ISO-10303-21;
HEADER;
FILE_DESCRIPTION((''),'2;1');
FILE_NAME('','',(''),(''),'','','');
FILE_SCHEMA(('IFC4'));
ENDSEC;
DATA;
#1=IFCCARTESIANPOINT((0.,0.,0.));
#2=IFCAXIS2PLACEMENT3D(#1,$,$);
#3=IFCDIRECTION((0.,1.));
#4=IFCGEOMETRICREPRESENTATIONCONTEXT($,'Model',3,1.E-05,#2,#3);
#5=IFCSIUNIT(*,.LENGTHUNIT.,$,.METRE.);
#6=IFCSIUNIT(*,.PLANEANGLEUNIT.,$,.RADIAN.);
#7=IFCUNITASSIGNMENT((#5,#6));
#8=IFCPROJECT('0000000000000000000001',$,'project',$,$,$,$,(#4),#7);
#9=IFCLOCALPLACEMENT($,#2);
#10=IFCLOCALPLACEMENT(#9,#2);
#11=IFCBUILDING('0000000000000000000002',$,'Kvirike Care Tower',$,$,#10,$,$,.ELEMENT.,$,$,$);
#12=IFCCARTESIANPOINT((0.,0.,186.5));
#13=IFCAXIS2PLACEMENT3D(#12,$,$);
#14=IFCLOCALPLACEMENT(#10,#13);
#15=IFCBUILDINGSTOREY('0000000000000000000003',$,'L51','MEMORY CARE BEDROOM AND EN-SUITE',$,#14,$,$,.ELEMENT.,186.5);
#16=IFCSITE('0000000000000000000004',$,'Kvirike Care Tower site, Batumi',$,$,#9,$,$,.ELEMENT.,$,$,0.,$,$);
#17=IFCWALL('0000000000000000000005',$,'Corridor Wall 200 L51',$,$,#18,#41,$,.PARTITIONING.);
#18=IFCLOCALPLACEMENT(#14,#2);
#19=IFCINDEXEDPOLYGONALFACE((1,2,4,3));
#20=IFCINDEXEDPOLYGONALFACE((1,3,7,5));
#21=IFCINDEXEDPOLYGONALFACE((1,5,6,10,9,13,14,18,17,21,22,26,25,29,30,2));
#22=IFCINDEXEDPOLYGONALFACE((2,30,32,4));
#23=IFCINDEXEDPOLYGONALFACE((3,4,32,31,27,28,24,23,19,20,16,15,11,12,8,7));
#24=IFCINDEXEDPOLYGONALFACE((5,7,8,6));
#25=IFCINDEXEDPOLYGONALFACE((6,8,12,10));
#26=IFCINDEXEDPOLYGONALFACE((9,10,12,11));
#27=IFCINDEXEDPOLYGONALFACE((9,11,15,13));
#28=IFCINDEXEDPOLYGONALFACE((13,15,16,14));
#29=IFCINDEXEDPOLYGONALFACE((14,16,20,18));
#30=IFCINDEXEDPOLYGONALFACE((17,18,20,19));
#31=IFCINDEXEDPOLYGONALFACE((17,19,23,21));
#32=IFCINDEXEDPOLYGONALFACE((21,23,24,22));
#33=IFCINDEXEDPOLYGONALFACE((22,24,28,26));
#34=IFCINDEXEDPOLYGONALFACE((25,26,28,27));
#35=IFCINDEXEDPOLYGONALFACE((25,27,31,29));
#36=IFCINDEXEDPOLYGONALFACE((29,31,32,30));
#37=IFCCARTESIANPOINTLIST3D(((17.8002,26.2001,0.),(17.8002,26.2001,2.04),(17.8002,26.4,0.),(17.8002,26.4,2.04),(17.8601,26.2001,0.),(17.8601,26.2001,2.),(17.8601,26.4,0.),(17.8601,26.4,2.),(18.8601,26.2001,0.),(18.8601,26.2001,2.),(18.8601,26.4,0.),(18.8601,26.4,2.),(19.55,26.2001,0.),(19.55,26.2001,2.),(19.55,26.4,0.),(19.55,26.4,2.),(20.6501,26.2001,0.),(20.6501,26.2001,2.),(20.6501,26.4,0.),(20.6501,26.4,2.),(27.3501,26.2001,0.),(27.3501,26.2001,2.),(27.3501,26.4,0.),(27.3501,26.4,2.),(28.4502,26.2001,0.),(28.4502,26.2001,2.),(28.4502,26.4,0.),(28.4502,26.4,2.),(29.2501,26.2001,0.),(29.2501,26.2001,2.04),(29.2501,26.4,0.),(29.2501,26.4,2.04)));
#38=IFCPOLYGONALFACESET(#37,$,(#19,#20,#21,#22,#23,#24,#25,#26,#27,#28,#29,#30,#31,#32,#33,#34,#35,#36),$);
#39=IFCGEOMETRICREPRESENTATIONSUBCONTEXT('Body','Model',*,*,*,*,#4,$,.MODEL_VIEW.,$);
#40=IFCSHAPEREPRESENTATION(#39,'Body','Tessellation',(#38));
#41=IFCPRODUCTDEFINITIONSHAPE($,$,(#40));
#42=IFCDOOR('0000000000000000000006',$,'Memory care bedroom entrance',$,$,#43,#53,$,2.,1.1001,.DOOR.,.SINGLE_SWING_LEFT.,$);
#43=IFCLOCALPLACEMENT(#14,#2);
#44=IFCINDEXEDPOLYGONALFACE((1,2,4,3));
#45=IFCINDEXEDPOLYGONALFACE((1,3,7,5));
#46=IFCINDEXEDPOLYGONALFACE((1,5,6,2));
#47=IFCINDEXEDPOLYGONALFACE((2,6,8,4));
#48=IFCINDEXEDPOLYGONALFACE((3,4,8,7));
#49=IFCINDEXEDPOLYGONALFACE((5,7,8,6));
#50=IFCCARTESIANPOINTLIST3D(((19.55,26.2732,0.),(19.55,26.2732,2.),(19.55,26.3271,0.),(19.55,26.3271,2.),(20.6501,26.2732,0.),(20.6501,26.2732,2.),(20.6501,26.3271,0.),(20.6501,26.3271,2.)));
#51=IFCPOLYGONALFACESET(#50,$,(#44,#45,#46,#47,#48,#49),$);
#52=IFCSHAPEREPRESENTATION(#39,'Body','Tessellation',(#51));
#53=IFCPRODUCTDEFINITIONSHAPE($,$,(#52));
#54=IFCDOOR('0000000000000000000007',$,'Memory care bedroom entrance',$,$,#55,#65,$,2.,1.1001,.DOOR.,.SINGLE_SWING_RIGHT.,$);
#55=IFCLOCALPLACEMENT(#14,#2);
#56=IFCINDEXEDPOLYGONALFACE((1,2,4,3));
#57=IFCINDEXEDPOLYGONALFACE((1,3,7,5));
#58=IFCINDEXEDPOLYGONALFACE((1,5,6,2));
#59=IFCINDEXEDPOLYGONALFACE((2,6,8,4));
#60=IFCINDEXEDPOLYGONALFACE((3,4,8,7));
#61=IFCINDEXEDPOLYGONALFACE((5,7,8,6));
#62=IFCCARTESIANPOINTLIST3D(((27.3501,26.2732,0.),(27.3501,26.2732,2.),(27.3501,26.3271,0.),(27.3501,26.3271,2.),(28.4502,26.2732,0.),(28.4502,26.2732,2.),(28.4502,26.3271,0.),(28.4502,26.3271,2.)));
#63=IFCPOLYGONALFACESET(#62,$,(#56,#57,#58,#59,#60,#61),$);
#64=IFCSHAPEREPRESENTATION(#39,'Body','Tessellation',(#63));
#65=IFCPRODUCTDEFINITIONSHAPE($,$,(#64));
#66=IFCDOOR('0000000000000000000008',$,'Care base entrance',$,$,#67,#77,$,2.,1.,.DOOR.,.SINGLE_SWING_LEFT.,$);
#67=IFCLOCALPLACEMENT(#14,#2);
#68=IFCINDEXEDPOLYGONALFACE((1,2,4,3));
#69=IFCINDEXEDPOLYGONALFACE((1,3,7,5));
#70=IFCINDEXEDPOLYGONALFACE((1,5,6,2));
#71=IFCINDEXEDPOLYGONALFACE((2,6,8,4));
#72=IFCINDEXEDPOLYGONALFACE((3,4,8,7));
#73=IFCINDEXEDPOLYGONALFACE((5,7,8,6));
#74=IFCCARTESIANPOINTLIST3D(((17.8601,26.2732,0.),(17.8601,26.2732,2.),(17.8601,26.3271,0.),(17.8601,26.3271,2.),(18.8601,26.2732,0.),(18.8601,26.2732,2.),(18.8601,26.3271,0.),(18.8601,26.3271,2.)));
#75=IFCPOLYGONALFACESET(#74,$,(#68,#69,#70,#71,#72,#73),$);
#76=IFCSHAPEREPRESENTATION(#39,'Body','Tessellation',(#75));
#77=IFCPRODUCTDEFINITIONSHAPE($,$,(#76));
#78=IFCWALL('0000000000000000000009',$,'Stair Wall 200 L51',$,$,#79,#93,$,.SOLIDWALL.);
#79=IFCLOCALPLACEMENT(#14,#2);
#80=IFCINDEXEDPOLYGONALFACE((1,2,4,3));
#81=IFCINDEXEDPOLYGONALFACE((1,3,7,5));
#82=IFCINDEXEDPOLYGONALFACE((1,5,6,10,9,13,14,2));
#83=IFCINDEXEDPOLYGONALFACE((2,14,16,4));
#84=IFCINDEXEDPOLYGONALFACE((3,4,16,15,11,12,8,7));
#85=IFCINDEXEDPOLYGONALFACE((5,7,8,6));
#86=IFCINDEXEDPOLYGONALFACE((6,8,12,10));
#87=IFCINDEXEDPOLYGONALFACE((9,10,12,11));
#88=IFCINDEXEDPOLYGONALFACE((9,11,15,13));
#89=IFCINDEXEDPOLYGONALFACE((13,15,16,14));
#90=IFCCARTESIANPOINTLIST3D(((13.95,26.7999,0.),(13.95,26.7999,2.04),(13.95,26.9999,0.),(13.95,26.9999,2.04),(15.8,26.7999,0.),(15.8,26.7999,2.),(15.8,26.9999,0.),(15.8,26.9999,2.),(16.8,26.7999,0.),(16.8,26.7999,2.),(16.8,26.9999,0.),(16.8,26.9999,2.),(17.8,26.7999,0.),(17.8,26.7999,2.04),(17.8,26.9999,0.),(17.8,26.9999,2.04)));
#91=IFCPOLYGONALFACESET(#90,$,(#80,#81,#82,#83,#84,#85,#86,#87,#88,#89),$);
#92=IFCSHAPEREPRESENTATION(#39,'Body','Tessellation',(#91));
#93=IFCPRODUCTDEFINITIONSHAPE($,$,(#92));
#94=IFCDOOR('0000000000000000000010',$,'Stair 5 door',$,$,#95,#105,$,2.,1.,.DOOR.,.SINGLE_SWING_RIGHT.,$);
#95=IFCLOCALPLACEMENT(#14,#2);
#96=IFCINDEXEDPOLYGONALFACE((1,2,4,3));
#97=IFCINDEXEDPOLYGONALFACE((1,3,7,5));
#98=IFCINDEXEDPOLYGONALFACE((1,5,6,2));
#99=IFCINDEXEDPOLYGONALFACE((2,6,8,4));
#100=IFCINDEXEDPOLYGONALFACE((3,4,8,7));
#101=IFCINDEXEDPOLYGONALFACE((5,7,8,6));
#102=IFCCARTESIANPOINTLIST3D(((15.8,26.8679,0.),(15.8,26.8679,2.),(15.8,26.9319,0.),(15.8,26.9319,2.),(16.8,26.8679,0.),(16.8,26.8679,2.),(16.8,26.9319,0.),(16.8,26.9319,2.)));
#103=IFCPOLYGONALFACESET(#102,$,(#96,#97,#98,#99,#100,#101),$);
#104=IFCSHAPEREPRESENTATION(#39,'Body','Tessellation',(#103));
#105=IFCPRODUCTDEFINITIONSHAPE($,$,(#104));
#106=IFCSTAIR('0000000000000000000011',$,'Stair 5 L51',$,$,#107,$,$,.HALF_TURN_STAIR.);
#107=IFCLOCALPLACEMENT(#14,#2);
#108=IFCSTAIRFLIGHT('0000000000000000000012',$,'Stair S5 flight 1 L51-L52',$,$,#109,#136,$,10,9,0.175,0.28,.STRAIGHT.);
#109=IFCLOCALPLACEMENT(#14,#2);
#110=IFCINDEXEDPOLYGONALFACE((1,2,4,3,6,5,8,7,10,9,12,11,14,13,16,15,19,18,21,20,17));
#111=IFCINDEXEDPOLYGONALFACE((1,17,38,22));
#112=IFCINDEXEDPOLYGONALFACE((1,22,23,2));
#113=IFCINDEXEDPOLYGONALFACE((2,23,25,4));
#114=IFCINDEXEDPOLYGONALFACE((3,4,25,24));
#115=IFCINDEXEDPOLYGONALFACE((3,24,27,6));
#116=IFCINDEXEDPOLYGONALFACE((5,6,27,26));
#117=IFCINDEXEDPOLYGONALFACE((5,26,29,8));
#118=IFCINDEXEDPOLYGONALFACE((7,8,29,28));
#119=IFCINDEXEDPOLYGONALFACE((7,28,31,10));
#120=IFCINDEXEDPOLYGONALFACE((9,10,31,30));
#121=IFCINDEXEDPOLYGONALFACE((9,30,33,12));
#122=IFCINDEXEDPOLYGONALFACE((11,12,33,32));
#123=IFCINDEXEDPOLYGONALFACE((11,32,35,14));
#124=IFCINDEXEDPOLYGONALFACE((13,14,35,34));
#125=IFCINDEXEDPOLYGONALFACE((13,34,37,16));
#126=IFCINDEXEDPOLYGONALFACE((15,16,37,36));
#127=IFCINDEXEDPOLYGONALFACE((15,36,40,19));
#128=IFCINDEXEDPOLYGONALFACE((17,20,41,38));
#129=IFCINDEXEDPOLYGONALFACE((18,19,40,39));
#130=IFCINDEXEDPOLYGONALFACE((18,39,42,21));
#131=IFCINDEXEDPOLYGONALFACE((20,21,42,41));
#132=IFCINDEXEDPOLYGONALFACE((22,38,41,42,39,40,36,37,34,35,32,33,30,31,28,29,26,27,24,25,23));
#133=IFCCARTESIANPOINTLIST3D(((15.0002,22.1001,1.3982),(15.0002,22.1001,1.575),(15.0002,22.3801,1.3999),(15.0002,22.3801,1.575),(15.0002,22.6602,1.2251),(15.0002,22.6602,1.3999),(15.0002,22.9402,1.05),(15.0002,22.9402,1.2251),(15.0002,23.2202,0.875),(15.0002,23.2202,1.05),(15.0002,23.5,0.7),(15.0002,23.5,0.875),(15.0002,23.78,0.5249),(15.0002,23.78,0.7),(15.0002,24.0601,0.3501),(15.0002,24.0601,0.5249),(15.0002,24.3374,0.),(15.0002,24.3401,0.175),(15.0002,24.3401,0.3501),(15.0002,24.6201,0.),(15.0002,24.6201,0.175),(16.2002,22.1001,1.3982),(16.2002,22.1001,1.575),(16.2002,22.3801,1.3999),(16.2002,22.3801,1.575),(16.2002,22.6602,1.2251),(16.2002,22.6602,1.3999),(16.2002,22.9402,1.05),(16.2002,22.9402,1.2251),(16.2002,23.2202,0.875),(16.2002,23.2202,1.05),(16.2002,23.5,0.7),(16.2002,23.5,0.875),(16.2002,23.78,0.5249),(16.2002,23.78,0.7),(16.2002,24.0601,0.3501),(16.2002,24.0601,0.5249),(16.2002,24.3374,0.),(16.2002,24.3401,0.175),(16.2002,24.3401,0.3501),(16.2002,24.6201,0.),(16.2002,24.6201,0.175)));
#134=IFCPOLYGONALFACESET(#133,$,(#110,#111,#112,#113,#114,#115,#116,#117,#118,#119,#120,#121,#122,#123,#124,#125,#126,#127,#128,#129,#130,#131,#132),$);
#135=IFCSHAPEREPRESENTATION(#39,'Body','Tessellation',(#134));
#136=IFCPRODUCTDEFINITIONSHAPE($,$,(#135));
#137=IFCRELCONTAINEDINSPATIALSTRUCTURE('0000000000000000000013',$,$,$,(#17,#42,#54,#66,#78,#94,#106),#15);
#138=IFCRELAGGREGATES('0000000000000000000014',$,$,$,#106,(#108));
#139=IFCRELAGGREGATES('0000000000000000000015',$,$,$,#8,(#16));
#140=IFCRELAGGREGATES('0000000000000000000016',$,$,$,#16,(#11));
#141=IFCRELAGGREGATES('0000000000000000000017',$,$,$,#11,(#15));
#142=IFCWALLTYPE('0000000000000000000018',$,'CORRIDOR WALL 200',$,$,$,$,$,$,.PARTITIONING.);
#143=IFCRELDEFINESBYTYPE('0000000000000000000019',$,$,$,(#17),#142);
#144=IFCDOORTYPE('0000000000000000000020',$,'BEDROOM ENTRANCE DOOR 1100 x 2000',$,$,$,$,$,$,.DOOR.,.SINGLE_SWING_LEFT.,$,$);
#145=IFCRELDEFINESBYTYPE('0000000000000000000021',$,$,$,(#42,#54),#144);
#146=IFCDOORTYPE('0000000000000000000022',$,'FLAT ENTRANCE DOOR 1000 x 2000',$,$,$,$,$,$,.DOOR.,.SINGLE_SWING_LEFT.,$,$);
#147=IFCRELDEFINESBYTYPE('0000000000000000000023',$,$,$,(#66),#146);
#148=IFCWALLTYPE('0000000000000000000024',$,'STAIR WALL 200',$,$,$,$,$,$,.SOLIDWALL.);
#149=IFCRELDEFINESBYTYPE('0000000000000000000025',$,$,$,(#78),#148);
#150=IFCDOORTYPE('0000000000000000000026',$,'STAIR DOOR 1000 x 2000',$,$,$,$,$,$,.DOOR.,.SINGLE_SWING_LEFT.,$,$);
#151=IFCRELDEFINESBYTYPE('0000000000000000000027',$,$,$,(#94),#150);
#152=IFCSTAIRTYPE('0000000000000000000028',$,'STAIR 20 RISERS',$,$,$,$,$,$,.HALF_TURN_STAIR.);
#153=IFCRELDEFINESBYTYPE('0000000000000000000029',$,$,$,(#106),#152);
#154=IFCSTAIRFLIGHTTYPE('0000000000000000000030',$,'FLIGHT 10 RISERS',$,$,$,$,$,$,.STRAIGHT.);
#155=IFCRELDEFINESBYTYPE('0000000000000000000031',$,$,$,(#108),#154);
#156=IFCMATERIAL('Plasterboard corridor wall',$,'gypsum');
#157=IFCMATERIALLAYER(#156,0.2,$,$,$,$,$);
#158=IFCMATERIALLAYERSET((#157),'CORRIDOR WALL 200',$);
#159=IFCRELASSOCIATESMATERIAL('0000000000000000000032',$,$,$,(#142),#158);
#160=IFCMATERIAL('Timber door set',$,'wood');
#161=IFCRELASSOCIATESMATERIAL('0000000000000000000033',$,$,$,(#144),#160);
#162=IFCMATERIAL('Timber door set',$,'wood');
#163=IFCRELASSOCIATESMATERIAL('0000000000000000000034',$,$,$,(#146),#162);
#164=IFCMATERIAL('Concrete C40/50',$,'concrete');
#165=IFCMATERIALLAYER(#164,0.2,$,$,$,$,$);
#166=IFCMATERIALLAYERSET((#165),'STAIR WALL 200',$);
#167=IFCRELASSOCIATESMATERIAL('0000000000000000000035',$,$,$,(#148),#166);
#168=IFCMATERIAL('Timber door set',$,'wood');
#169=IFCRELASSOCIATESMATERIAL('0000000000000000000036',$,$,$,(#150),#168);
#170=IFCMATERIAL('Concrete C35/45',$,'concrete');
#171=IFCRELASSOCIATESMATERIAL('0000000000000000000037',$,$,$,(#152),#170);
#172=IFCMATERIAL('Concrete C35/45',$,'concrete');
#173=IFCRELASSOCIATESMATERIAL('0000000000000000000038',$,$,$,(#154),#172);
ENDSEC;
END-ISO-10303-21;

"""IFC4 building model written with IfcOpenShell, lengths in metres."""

from ifc_helpers import new_model, si_unit, direction, frame, frame_2d, origin, place, context, subcontext, project, spatial, polyline, rectangle, outline, extrude, material, layer, layer_set, type_object, element, fill, aggregate, save


model = new_model("IFC4")

# Units and contexts
model_context = context("Model", 3, precision=1e-05, world=origin(), true_north=direction((0.0, 1.0)))
body_context = subcontext(model_context, "Body", "Model", "MODEL_VIEW")
ifc_project = project(units=[si_unit("LENGTHUNIT", "METRE"), si_unit("PLANEANGLEUNIT", "RADIAN")], contexts=[model_context])

# Site, building, storey
site_placement = place(None, origin())
site = spatial("IfcSite", under=ifc_project, at=site_placement, Name="Kvirike Care Tower site, Batumi", CompositionType="ELEMENT", RefElevation=0.0)
building_placement = place(site_placement, origin())
building = spatial("IfcBuilding", under=site, at=building_placement, Name="Kvirike Care Tower", CompositionType="ELEMENT")
storey_placement = place(building_placement, frame((0.0, 0.0, 186.5)))
storey = spatial("IfcBuildingStorey", under=building, at=storey_placement, Name="L51", Description="MEMORY CARE BEDROOM AND EN-SUITE", CompositionType="ELEMENT", Elevation=186.5)

# Wall, openings, doors
ifc_material_1 = material(Name="Plasterboard corridor wall", Category="gypsum")
ifc_layer_1 = layer(ifc_material_1, 0.2)
ifc_layer_set_1 = layer_set([ifc_layer_1], Name="CORRIDOR WALL 200")
wall_type_1 = type_object("IfcWallType", Name="CORRIDOR WALL 200", PredefinedType="PARTITIONING", material=ifc_layer_set_1)
wall_1_placement = place(storey_placement, frame((17.8, 26.3, 0.0), z_axis=(0.0, 0.0, 1.0), x_axis=(1.0, 0.0, 0.0)))
wall_1 = element("IfcWall", 1, at=wall_1_placement, inside=storey, type_object=wall_type_1, Name="Corridor Wall 200 L51", PredefinedType="PARTITIONING", context=body_context, shape_type="SweptSolid", body=[
    extrude(rectangle(XDim=11.45, YDim=0.2, at=frame_2d((5.7251, 0.0))), origin(), (0.0, 0.0, 1.0), 2.04),
])
opening_1_placement = place(wall_1_placement, frame((0.0601, 0.0, 0.0)))
opening_1 = element("IfcOpeningElement", 2, at=opening_1_placement, cuts=wall_1, PredefinedType="OPENING", context=body_context, shape_type="SweptSolid", body=[
    extrude(rectangle(XDim=1.0, YDim=2.0, at=frame_2d((0.5, 1.0))), frame((0.0, 0.1106, 0.0), z_axis=(0.0, -1.0, 0.0), x_axis=(1.0, 0.0, 0.0)), (0.0, 0.0, 1.0), 0.2209),
])
opening_2_placement = place(wall_1_placement, frame((1.75, 0.0, 0.0)))
opening_2 = element("IfcOpeningElement", 3, at=opening_2_placement, cuts=wall_1, PredefinedType="OPENING", context=body_context, shape_type="SweptSolid", body=[
    extrude(rectangle(XDim=1.1001, YDim=2.0, at=frame_2d((0.55, 1.0))), frame((0.0, 0.1106, 0.0), z_axis=(0.0, -1.0, 0.0), x_axis=(1.0, 0.0, 0.0)), (0.0, 0.0, 1.0), 0.2209),
])
opening_3_placement = place(wall_1_placement, frame((9.55, 0.0, 0.0)))
opening_3 = element("IfcOpeningElement", 4, at=opening_3_placement, cuts=wall_1, PredefinedType="OPENING", context=body_context, shape_type="SweptSolid", body=[
    extrude(rectangle(XDim=1.1001, YDim=2.0, at=frame_2d((0.55, 1.0))), frame((0.0, 0.1106, 0.0), z_axis=(0.0, -1.0, 0.0), x_axis=(1.0, 0.0, 0.0)), (0.0, 0.0, 1.0), 0.2209),
])
ifc_material_2 = material(Name="Timber door set", Category="wood")
door_type_1 = type_object("IfcDoorType", Name="BEDROOM ENTRANCE DOOR 1100 x 2000", OperationType="SINGLE_SWING_LEFT", PredefinedType="DOOR", material=ifc_material_2)
door_1_placement = place(opening_2_placement, frame((1.1001, 0.0, 0.0), z_axis=(0.0, 0.0, 1.0), x_axis=(-1.0, 0.0, 0.0)))
door_1 = element("IfcDoor", 5, at=door_1_placement, inside=storey, type_object=door_type_1, Name="Memory care bedroom entrance", OperationType="SINGLE_SWING_LEFT", OverallHeight=2.0, OverallWidth=1.1001, PredefinedType="DOOR", context=body_context, shape_type="SweptSolid", body=[
    extrude(rectangle(XDim=1.1001, YDim=2.0, at=frame_2d((0.55, 1.0))), frame((0.0, 0.0269, 0.0), z_axis=(0.0, -1.0, 0.0), x_axis=(1.0, 0.0, 0.0)), (0.0, 0.0, 1.0), 0.054),
])
fill(opening_2, door_1)
door_2_placement = place(opening_3_placement, frame((1.1001, 0.0, 0.0), z_axis=(0.0, 0.0, 1.0), x_axis=(-1.0, 0.0, 0.0)))
door_2 = element("IfcDoor", 6, at=door_2_placement, inside=storey, type_object=door_type_1, Name="Memory care bedroom entrance", OperationType="SINGLE_SWING_RIGHT", OverallHeight=2.0, OverallWidth=1.1001, PredefinedType="DOOR", context=body_context, shape_type="SweptSolid", body=[
    extrude(rectangle(XDim=1.1001, YDim=2.0, at=frame_2d((0.55, 1.0))), frame((0.0, 0.0269, 0.0), z_axis=(0.0, -1.0, 0.0), x_axis=(1.0, 0.0, 0.0)), (0.0, 0.0, 1.0), 0.054),
])
fill(opening_3, door_2)
ifc_material_3 = material(Name="Timber door set", Category="wood")
door_type_2 = type_object("IfcDoorType", Name="FLAT ENTRANCE DOOR 1000 x 2000", OperationType="SINGLE_SWING_LEFT", PredefinedType="DOOR", material=ifc_material_3)
door_3_placement = place(opening_1_placement, frame((1.0, 0.0, 0.0), z_axis=(0.0, 0.0, 1.0), x_axis=(-1.0, 0.0, 0.0)))
door_3 = element("IfcDoor", 7, at=door_3_placement, inside=storey, type_object=door_type_2, Name="Care base entrance", OperationType="SINGLE_SWING_LEFT", OverallHeight=2.0, OverallWidth=1.0, PredefinedType="DOOR", context=body_context, shape_type="SweptSolid", body=[
    extrude(rectangle(XDim=1.0, YDim=2.0, at=frame_2d((0.5, 1.0))), frame((0.0, 0.0269, 0.0), z_axis=(0.0, -1.0, 0.0), x_axis=(1.0, 0.0, 0.0)), (0.0, 0.0, 1.0), 0.054),
])
fill(opening_1, door_3)

# Wall, opening, door
ifc_material_4 = material(Name="Concrete C40/50", Category="concrete")
ifc_layer_2 = layer(ifc_material_4, 0.2)
ifc_layer_set_2 = layer_set([ifc_layer_2], Name="STAIR WALL 200")
wall_type_2 = type_object("IfcWallType", Name="STAIR WALL 200", PredefinedType="SOLIDWALL", material=ifc_layer_set_2)
wall_2_placement = place(storey_placement, frame((13.95, 26.8999, 0.0), z_axis=(0.0, 0.0, 1.0), x_axis=(1.0, 0.0, 0.0)))
wall_2 = element("IfcWall", 8, at=wall_2_placement, inside=storey, type_object=wall_type_2, Name="Stair Wall 200 L51", PredefinedType="SOLIDWALL", context=body_context, shape_type="SweptSolid", body=[
    extrude(rectangle(XDim=3.8501, YDim=0.2, at=frame_2d((1.925, 0.0))), origin(), (0.0, 0.0, 1.0), 2.04),
])
opening_4_placement = place(wall_2_placement, frame((1.8501, 0.0, 0.0)))
opening_4 = element("IfcOpeningElement", 9, at=opening_4_placement, cuts=wall_2, PredefinedType="OPENING", context=body_context, shape_type="SweptSolid", body=[
    extrude(rectangle(XDim=1.0, YDim=2.0, at=frame_2d((0.5, 1.0))), frame((0.0, 0.1106, 0.0), z_axis=(0.0, -1.0, 0.0), x_axis=(1.0, 0.0, 0.0)), (0.0, 0.0, 1.0), 0.2209),
])
ifc_material_5 = material(Name="Timber door set", Category="wood")
door_type_3 = type_object("IfcDoorType", Name="STAIR DOOR 1000 x 2000", OperationType="SINGLE_SWING_LEFT", PredefinedType="DOOR", material=ifc_material_5)
door_4_placement = place(opening_4_placement, frame((1.0, 0.0, 0.0), z_axis=(0.0, 0.0, 1.0), x_axis=(-1.0, 0.0, 0.0)))
door_4 = element("IfcDoor", 10, at=door_4_placement, inside=storey, type_object=door_type_3, Name="Stair 5 door", OperationType="SINGLE_SWING_RIGHT", OverallHeight=2.0, OverallWidth=1.0, PredefinedType="DOOR", context=body_context, shape_type="SweptSolid", body=[
    extrude(rectangle(XDim=1.0, YDim=2.0, at=frame_2d((0.5, 1.0))), frame((0.0, 0.032, 0.0), z_axis=(0.0, -1.0, 0.0), x_axis=(1.0, 0.0, 0.0)), (0.0, 0.0, 1.0), 0.064),
])
fill(opening_4, door_4)

# Stair, stair flight
ifc_material_6 = material(Name="Concrete C35/45", Category="concrete")
stair_type = type_object("IfcStairType", Name="STAIR 20 RISERS", PredefinedType="HALF_TURN_STAIR", material=ifc_material_6)
stair_placement = place(storey_placement, origin())
stair = element("IfcStair", 11, at=stair_placement, inside=storey, type_object=stair_type, Name="Stair 5 L51", PredefinedType="HALF_TURN_STAIR")
ifc_material_7 = material(Name="Concrete C35/45", Category="concrete")
stair_flight_type = type_object("IfcStairFlightType", Name="FLIGHT 10 RISERS", PredefinedType="STRAIGHT", material=ifc_material_7)
stair_flight_placement = place(storey_placement, frame((15.6001, 24.6201, 0.0), z_axis=(0.0, 0.0, 1.0), x_axis=(0.0, -1.0, 0.0)))
stair_flight = element("IfcStairFlight", 12, at=stair_flight_placement, type_object=stair_flight_type, Name="Stair S5 flight 1 L51-L52", NumberOfRisers=10, NumberOfTreads=9, PredefinedType="STRAIGHT", RiserHeight=0.175, TreadLength=0.28, context=body_context, shape_type="SweptSolid", body=[
    extrude(outline(polyline([(0.0, 0.0), (0.0, 0.175), (0.28, 0.175), (0.28, 0.3501), (0.5601, 0.3501), (0.5601, 0.5249), (0.8401, 0.5249), (0.8401, 0.7), (1.1201, 0.7), (1.1201, 0.875), (1.3999, 0.875), (1.3999, 1.05), (1.6799, 1.05), (1.6799, 1.2251), (1.96, 1.2251), (1.96, 1.3999), (2.24, 1.3999), (2.24, 1.575), (2.52, 1.575), (2.52, 1.75), (2.52, 1.3982), (0.2827, 0.0), (0.0, 0.0)])), frame((0.0, 0.6001, 0.0), z_axis=(0.0, -1.0, 0.0), x_axis=(1.0, 0.0, 0.0)), (0.0, 0.0, 1.0), 1.2),
])
aggregate(stair, [stair_flight])

save(model, "model.ifc")
